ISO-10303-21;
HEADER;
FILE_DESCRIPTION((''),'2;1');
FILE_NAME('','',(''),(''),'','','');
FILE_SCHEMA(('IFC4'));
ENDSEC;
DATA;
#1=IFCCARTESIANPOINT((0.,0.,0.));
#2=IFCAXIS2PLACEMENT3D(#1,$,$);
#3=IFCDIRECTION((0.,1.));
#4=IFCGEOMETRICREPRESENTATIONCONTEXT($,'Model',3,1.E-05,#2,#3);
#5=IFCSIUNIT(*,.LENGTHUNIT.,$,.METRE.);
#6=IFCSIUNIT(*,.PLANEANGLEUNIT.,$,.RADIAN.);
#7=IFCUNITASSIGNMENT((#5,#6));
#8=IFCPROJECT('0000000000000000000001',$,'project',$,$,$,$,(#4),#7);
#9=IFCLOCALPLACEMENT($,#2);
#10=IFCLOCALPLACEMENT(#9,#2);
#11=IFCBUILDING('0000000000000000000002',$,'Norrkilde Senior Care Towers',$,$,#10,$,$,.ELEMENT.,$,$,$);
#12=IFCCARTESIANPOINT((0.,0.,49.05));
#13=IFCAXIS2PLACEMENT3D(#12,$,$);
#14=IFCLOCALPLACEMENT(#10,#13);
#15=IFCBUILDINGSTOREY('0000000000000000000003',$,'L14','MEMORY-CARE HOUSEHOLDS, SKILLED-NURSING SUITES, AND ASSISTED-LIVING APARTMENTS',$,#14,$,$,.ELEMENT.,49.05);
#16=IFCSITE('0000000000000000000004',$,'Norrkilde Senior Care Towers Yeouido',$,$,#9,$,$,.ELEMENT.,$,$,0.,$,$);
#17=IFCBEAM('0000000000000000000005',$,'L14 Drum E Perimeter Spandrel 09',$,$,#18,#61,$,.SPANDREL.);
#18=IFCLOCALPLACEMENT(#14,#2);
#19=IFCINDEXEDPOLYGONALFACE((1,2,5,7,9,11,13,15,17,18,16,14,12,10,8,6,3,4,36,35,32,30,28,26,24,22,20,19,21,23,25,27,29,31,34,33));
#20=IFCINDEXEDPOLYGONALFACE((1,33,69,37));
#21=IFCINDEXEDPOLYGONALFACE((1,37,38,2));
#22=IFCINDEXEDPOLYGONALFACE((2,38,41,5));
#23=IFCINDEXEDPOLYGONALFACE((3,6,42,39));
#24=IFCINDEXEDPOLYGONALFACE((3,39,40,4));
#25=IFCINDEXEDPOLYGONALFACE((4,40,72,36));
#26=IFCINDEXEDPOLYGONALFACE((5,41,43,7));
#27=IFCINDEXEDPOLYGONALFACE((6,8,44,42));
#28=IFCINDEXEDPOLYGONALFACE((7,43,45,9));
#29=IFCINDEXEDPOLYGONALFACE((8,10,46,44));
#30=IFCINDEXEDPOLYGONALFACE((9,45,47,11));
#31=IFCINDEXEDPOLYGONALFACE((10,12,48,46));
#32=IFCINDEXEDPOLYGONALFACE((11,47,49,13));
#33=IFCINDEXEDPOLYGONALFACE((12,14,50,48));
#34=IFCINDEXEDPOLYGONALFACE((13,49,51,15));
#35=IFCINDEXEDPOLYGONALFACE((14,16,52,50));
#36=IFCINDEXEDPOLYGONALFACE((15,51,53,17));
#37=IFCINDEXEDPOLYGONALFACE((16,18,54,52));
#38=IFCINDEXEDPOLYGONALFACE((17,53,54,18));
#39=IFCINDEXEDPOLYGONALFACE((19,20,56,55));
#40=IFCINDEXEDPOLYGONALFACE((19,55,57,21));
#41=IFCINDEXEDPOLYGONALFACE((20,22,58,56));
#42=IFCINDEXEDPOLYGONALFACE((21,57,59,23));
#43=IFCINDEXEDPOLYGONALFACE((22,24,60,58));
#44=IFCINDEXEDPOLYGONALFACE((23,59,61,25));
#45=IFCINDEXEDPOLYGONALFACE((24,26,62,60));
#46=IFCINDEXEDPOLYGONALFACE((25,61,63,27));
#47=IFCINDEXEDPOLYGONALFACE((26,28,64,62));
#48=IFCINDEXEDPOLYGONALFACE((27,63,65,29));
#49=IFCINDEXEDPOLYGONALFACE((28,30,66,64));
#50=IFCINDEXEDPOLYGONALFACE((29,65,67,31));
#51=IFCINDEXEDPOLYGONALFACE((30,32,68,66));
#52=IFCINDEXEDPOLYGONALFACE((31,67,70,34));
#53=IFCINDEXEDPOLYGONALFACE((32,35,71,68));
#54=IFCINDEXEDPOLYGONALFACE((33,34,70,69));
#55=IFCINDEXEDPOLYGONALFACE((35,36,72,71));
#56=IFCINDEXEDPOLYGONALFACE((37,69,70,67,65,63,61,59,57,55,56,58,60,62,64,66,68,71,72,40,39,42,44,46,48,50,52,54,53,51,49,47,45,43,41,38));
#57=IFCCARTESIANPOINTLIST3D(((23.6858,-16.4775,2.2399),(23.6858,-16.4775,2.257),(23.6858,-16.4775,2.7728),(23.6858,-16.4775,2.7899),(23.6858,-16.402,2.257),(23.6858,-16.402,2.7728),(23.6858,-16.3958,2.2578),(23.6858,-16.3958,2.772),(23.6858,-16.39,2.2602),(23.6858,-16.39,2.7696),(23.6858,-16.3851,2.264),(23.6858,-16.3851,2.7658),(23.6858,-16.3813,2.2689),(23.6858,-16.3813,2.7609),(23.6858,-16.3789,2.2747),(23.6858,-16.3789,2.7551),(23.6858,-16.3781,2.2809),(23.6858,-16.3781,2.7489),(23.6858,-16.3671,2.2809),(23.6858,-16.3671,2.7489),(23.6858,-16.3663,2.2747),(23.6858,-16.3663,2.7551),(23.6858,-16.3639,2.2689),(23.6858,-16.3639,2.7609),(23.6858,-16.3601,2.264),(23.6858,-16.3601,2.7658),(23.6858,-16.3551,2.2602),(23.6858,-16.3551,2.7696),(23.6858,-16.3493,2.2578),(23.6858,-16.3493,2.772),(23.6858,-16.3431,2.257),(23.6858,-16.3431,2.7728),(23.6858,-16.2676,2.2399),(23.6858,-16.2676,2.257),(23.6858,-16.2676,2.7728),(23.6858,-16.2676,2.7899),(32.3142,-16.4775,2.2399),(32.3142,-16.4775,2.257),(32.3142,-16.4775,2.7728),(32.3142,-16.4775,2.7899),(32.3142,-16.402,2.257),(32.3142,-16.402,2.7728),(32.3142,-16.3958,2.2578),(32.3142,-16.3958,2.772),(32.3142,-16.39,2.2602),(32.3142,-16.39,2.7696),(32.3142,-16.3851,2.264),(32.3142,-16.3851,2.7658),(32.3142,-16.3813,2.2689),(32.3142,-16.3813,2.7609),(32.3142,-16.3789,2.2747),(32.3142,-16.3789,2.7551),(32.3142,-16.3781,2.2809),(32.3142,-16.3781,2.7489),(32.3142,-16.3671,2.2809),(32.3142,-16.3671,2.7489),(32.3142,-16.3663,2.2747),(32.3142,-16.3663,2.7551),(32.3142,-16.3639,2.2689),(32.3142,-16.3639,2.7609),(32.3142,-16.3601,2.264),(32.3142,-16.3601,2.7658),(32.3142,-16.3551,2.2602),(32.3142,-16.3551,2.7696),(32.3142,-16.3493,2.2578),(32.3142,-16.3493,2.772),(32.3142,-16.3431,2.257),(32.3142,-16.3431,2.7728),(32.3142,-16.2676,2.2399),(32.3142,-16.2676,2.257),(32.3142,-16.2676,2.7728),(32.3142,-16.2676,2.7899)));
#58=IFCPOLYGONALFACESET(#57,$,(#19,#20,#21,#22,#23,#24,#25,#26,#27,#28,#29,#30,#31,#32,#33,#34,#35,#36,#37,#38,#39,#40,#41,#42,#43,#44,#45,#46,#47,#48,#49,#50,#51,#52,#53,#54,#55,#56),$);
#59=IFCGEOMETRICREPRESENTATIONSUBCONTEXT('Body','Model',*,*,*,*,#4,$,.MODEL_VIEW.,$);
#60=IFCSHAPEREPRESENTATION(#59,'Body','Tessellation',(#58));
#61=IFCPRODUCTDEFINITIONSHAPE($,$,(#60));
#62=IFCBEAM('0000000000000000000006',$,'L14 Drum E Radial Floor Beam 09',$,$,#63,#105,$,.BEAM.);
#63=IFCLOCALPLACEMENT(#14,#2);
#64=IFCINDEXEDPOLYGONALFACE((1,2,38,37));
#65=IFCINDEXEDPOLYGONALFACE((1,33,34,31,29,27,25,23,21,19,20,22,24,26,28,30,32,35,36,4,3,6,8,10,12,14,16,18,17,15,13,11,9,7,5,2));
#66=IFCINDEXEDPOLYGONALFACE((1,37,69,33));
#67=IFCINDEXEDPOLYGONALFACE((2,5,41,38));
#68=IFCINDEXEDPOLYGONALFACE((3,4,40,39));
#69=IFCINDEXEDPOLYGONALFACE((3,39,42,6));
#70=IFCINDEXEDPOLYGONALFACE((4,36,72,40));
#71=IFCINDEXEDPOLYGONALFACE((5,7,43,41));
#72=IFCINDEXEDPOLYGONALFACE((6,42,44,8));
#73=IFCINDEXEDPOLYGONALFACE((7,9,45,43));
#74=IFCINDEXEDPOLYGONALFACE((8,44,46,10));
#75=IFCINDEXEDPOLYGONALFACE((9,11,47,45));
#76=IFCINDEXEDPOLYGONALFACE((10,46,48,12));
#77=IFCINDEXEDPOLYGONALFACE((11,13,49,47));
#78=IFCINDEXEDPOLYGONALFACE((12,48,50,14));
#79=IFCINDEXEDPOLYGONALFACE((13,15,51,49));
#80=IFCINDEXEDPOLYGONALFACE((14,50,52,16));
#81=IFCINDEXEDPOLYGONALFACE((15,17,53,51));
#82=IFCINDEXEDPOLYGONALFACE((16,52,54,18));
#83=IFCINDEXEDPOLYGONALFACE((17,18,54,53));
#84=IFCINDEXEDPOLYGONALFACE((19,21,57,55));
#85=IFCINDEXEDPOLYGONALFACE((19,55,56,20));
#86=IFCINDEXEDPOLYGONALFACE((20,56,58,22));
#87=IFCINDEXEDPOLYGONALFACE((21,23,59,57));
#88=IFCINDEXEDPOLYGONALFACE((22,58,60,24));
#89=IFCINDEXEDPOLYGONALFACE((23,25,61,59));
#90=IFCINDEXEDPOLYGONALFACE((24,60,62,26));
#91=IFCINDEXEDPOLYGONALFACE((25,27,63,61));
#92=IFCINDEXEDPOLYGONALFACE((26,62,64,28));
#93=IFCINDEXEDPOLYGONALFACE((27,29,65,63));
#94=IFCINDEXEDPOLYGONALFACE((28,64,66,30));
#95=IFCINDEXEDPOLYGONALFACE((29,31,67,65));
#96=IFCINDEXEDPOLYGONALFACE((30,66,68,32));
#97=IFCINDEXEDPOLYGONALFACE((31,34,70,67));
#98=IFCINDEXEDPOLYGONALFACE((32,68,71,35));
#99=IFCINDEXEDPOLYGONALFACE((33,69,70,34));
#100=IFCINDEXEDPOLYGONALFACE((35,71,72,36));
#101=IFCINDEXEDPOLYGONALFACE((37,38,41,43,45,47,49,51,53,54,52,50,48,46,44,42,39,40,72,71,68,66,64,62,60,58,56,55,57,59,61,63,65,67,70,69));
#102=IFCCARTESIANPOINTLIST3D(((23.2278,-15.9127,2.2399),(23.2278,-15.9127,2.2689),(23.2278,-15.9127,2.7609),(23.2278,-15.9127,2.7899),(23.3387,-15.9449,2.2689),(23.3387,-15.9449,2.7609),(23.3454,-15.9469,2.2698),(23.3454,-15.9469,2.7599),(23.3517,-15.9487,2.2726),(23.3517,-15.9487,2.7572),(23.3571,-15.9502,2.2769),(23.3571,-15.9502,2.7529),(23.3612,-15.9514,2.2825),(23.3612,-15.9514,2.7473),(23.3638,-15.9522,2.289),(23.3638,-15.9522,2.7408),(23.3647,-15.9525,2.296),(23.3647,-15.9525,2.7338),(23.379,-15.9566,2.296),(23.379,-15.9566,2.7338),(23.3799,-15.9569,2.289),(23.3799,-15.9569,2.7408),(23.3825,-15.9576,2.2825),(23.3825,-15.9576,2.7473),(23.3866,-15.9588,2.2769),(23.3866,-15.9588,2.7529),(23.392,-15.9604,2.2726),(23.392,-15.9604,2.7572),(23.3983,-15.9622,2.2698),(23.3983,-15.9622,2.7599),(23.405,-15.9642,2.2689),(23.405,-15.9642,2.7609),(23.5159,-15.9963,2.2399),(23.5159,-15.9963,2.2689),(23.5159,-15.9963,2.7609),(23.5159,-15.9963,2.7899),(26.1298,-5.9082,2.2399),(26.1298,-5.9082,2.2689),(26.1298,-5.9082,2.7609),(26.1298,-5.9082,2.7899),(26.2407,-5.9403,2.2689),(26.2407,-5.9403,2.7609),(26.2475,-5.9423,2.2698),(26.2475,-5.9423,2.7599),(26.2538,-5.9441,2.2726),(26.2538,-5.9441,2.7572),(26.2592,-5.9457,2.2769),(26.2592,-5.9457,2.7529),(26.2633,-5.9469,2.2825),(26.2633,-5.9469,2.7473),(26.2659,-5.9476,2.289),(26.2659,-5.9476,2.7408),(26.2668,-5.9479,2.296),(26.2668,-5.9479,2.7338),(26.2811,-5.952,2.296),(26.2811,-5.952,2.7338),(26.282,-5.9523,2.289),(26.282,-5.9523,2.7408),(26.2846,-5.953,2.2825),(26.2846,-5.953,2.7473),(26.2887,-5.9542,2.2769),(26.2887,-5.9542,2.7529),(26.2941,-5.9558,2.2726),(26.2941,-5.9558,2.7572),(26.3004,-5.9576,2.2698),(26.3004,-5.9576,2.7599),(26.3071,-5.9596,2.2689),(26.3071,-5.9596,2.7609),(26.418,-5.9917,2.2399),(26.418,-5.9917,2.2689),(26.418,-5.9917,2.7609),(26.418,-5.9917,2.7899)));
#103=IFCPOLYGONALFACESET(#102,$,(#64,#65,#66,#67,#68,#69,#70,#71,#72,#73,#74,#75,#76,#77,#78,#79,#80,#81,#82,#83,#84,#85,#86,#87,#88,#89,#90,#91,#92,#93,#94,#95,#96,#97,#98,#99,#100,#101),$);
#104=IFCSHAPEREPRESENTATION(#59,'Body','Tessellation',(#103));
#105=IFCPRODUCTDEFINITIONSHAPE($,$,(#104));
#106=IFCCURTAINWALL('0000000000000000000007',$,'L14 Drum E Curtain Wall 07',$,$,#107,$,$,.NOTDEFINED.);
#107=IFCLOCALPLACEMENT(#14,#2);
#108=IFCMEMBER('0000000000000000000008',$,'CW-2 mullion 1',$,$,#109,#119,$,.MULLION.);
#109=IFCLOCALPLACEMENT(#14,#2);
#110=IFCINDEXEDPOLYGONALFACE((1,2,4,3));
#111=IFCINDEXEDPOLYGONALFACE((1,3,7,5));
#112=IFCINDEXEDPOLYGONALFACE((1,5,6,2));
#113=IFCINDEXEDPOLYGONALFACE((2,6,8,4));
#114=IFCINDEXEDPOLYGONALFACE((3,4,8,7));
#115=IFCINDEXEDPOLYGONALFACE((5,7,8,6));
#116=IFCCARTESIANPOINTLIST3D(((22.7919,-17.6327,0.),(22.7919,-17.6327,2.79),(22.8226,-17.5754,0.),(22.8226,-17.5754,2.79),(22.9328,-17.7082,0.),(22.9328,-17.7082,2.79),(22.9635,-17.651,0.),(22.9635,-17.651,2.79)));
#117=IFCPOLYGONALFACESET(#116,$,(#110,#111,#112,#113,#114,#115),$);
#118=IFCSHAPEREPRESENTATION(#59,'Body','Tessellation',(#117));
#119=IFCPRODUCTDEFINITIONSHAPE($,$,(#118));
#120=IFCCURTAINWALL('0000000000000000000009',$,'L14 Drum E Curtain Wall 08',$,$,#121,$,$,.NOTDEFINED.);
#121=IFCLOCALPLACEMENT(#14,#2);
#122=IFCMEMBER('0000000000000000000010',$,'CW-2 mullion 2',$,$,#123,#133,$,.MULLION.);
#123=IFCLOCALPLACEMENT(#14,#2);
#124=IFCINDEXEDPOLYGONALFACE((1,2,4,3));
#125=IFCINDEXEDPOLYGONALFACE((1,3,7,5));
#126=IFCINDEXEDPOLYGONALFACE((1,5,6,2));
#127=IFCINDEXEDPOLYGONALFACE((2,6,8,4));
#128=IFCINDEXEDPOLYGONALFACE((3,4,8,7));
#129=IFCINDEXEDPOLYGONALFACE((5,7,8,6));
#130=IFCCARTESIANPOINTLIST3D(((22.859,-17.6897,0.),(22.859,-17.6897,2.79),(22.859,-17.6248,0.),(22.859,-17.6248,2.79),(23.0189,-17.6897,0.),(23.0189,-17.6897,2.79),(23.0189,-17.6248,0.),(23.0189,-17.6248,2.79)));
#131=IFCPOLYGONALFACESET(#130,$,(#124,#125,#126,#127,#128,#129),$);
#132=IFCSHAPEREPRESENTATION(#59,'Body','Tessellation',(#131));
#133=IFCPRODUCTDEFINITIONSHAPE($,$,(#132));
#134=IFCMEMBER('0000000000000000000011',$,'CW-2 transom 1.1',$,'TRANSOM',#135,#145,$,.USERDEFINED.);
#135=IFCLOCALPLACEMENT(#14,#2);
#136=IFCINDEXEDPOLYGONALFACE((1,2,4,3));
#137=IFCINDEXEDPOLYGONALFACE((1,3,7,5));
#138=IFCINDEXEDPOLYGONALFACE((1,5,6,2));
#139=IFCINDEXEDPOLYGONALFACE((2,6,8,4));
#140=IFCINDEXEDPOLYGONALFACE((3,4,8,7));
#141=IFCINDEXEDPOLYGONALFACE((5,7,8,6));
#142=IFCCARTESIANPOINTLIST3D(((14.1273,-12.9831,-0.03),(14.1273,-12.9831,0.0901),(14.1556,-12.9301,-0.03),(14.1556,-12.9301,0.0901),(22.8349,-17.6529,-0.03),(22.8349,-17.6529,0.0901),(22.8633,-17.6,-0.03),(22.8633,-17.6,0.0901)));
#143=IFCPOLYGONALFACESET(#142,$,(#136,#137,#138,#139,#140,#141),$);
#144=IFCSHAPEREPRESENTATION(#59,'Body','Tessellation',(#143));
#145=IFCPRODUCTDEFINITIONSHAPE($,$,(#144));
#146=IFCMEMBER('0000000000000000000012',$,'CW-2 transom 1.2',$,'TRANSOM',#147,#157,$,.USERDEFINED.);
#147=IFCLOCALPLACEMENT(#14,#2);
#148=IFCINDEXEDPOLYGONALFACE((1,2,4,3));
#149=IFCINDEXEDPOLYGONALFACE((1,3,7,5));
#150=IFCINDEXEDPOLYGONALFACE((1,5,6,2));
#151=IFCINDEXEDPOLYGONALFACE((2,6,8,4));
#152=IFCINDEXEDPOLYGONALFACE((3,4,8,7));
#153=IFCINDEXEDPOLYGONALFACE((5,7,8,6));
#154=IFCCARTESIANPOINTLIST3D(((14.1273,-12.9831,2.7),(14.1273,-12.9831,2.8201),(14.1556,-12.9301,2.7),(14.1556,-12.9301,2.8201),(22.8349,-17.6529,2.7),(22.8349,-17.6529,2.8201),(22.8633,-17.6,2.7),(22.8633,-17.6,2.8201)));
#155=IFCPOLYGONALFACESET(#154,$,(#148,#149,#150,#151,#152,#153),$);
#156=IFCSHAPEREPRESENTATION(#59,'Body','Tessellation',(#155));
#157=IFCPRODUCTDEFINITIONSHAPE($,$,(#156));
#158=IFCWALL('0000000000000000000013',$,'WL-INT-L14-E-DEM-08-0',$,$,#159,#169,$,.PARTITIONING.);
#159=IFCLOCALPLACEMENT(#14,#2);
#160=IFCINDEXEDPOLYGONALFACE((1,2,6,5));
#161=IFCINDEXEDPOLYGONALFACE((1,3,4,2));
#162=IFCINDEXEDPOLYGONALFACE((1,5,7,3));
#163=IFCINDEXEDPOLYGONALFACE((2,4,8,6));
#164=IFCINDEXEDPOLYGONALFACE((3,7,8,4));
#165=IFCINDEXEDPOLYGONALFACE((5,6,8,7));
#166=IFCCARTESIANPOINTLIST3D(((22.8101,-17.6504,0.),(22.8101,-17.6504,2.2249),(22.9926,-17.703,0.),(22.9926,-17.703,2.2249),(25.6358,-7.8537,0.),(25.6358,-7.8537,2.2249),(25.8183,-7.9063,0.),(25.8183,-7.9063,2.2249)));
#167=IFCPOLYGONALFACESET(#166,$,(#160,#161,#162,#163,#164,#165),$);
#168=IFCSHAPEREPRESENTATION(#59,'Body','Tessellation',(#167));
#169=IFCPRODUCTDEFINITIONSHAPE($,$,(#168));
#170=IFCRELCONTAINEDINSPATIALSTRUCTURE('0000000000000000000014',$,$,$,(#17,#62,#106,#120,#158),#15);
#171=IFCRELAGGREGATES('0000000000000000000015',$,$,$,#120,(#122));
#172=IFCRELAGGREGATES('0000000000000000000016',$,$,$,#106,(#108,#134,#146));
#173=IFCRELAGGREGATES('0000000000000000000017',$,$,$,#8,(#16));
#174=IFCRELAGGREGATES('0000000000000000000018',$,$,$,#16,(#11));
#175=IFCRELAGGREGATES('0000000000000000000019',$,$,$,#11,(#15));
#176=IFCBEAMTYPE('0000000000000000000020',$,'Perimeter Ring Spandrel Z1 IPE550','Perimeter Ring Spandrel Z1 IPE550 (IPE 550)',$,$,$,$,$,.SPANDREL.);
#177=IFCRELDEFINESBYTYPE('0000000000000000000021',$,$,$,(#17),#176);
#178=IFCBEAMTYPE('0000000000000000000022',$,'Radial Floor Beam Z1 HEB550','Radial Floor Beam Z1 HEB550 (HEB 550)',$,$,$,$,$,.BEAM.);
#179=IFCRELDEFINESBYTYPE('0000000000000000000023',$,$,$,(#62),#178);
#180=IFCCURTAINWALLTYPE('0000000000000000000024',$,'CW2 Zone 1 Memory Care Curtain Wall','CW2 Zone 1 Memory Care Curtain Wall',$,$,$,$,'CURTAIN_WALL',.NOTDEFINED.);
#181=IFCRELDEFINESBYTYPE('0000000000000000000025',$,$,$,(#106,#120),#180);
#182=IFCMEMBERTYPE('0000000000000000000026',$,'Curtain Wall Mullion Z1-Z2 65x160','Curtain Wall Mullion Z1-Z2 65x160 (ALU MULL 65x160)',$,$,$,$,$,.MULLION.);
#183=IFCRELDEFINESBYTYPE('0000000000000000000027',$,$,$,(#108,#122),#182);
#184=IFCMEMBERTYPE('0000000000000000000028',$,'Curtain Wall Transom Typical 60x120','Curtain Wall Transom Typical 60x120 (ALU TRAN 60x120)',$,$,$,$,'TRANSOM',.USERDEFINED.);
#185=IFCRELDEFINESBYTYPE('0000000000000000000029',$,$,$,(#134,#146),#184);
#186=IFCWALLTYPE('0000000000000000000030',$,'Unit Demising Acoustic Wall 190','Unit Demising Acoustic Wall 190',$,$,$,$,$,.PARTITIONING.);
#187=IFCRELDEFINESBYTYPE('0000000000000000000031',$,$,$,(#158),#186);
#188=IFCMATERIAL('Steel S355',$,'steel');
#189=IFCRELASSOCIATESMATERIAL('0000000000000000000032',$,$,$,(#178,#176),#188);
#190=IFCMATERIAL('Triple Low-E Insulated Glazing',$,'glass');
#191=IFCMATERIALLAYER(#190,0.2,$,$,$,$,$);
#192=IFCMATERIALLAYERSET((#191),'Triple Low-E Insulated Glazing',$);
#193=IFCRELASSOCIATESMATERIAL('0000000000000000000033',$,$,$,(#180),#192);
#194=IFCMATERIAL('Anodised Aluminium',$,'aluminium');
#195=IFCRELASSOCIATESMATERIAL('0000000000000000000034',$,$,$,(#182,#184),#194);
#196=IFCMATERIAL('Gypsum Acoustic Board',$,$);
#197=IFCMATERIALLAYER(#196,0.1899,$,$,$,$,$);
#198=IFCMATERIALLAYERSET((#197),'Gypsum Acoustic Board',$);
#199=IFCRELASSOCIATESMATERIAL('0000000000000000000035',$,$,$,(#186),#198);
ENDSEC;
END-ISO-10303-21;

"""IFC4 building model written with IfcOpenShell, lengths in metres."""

from ifc_helpers import new_model, si_unit, direction, frame, frame_2d, origin, origin_2d, place, context, subcontext, project, spatial, rectangle, i_section, extrude, source, transform, mapped, material, layer, layer_set, material_profile, profile_set, type_object, type_shapes, element, aggregate, save


model = new_model("IFC4")

# Units and contexts
model_context = context("Model", 3, precision=1e-05, world=origin(), true_north=direction((0.0, 1.0)))
body_context = subcontext(model_context, "Body", "Model", "MODEL_VIEW")
ifc_project = project(units=[si_unit("LENGTHUNIT", "METRE"), si_unit("PLANEANGLEUNIT", "RADIAN")], contexts=[model_context])

# Site, building, storey
site_placement = place(None, origin())
site = spatial("IfcSite", under=ifc_project, at=site_placement, Name="Norrkilde Senior Care Towers Yeouido", CompositionType="ELEMENT", RefElevation=0.0)
building_placement = place(site_placement, origin())
building = spatial("IfcBuilding", under=site, at=building_placement, Name="Norrkilde Senior Care Towers", CompositionType="ELEMENT")
storey_placement = place(building_placement, frame((0.0, 0.0, 49.05)))
storey = spatial("IfcBuildingStorey", under=building, at=storey_placement, Name="L14", Description="MEMORY-CARE HOUSEHOLDS, SKILLED-NURSING SUITES, AND ASSISTED-LIVING APARTMENTS", CompositionType="ELEMENT", Elevation=49.05)

# Beams
ifc_material_1 = material(Name="Steel S355", Category="steel")
ifc_material_profile_1 = material_profile(ifc_material_1, i_section(OverallWidth=0.3, OverallDepth=0.55, WebThickness=0.0149, FlangeThickness=0.0291, FilletRadius=0.0271, at=origin_2d()), Name="HEB 550")
ifc_profile_set_1 = profile_set([ifc_material_profile_1], Name="Steel S355")
beam_type_1 = type_object("IfcBeamType", Name="Radial Floor Beam Z1 HEB550", Description="Radial Floor Beam Z1 HEB550 (HEB 550)", PredefinedType="BEAM", material=ifc_profile_set_1)
ifc_material_profile_2 = material_profile(ifc_material_1, i_section(OverallWidth=0.21, OverallDepth=0.55, WebThickness=0.011, FlangeThickness=0.0171, FilletRadius=0.0239, at=origin_2d()), Name="IPE 550")
ifc_profile_set_2 = profile_set([ifc_material_profile_2], Name="Steel S355")
beam_type_2 = type_object("IfcBeamType", Name="Perimeter Ring Spandrel Z1 IPE550", Description="Perimeter Ring Spandrel Z1 IPE550 (IPE 550)", PredefinedType="SPANDREL", material=ifc_profile_set_2)
shared_shape_1 = source(origin(), body_context, "Body", "SweptSolid", [
    extrude(i_section(OverallWidth=0.21, OverallDepth=0.55, WebThickness=0.011, FlangeThickness=0.0171, FilletRadius=0.0239, at=origin_2d()), origin(), (0.0, 0.0, 1.0), 8.6284),
])
type_shapes(beam_type_2, [shared_shape_1])
beam_1_placement = place(storey_placement, frame((23.6858, -16.3726, 2.5149), z_axis=(1.0, 0.0, 0.0), x_axis=(0.0, 1.0, 0.0)))
element("IfcBeam", 1, at=beam_1_placement, inside=storey, type_object=beam_type_2, Name="L14 Drum E Perimeter Spandrel 09", PredefinedType="SPANDREL", context=body_context, shape_type="MappedRepresentation", body=[
    mapped(shared_shape_1, transform((0.0, 0.0, 0.0), x_axis=(1.0, 0.0, 0.0), y_axis=(0.0, 1.0, 0.0), z_axis=(0.0, 0.0, 1.0), scale=1.0)),
])
shared_shape_2 = source(origin(), body_context, "Body", "SweptSolid", [
    extrude(i_section(OverallWidth=0.3, OverallDepth=0.55, WebThickness=0.0149, FlangeThickness=0.0291, FilletRadius=0.0271, at=origin_2d()), origin(), (0.0, 0.0, 1.0), 10.417),
])
beam_2_placement = place(storey_placement, frame((26.2739, -5.95, 2.5149), z_axis=(-0.278591, -0.96041, 0.0), x_axis=(0.96041, -0.278591, 0.0)))
element("IfcBeam", 2, at=beam_2_placement, inside=storey, type_object=beam_type_1, Name="L14 Drum E Radial Floor Beam 09", PredefinedType="BEAM", context=body_context, shape_type="MappedRepresentation", body=[
    mapped(shared_shape_2, transform((0.0, 0.0, 0.0), x_axis=(1.0, 0.0, 0.0), y_axis=(0.0, 1.0, 0.0), z_axis=(0.0, 0.0, 1.0), scale=1.0)),
])

# Curtain walls, members
ifc_material_2 = material(Name="Triple Low-E Insulated Glazing", Category="glass")
ifc_layer_1 = layer(ifc_material_2, 0.2)
ifc_layer_set_1 = layer_set([ifc_layer_1], Name="Triple Low-E Insulated Glazing")
curtain_wall_type = type_object("IfcCurtainWallType", Name="CW2 Zone 1 Memory Care Curtain Wall", Description="CW2 Zone 1 Memory Care Curtain Wall", ElementType="CURTAIN_WALL", PredefinedType="NOTDEFINED", material=ifc_layer_set_1)
curtain_wall_1_placement = place(storey_placement, origin())
curtain_wall_1 = element("IfcCurtainWall", 3, at=curtain_wall_1_placement, inside=storey, type_object=curtain_wall_type, Name="L14 Drum E Curtain Wall 07", PredefinedType="NOTDEFINED")
ifc_material_3 = material(Name="Anodised Aluminium", Category="aluminium")
ifc_material_profile_3 = material_profile(ifc_material_3, rectangle(XDim=0.0649, YDim=0.1599, at=origin_2d()), Name="ALU MULL 65x160")
ifc_profile_set_3 = profile_set([ifc_material_profile_3], Name="Anodised Aluminium")
member_type_1 = type_object("IfcMemberType", Name="Curtain Wall Mullion Z1-Z2 65x160", Description="Curtain Wall Mullion Z1-Z2 65x160 (ALU MULL 65x160)", PredefinedType="MULLION", material=ifc_profile_set_3)
shared_shape_3 = source(origin(), body_context, "Body", "SweptSolid", [
    extrude(rectangle(XDim=0.0649, YDim=0.1599, at=origin_2d()), origin(), (0.0, 0.0, 1.0), 2.79),
])
type_shapes(member_type_1, [shared_shape_3])
member_1_placement = place(storey_placement, frame((22.8777, -17.6418, 0.0), z_axis=(0.0, 0.0, 1.0), x_axis=(-0.472608, -0.881273, 0.0)))
member_1 = element("IfcMember", 4, at=member_1_placement, type_object=member_type_1, Name="CW-2 mullion 1", PredefinedType="MULLION", context=body_context, shape_type="MappedRepresentation", body=[
    mapped(shared_shape_3, transform((0.0, 0.0, 0.0), x_axis=(1.0, 0.0, 0.0), y_axis=(0.0, 1.0, 0.0), z_axis=(0.0, 0.0, 1.0), scale=1.0)),
])
curtain_wall_2_placement = place(storey_placement, origin())
curtain_wall_2 = element("IfcCurtainWall", 5, at=curtain_wall_2_placement, inside=storey, type_object=curtain_wall_type, Name="L14 Drum E Curtain Wall 08", PredefinedType="NOTDEFINED")
member_2_placement = place(storey_placement, frame((22.939, -17.6572, 0.0), z_axis=(0.0, 0.0, 1.0), x_axis=(0.0, -1.0, 0.0)))
member_2 = element("IfcMember", 6, at=member_2_placement, type_object=member_type_1, Name="CW-2 mullion 2", PredefinedType="MULLION", context=body_context, shape_type="MappedRepresentation", body=[
    mapped(shared_shape_3, transform((0.0, 0.0, 0.0), x_axis=(1.0, 0.0, 0.0), y_axis=(0.0, 1.0, 0.0), z_axis=(0.0, 0.0, 1.0), scale=1.0)),
])
aggregate(curtain_wall_2, [member_2])

# Members
ifc_material_profile_4 = material_profile(ifc_material_3, rectangle(XDim=0.0601, YDim=0.1201, at=origin_2d()), Name="ALU TRAN 60x120")
ifc_profile_set_4 = profile_set([ifc_material_profile_4], Name="Anodised Aluminium")
member_type_2 = type_object("IfcMemberType", Name="Curtain Wall Transom Typical 60x120", Description="Curtain Wall Transom Typical 60x120 (ALU TRAN 60x120)", ElementType="TRANSOM", PredefinedType="USERDEFINED", material=ifc_profile_set_4)
shared_shape_4 = source(origin(), body_context, "Body", "SweptSolid", [
    extrude(rectangle(XDim=0.0601, YDim=0.1201, at=origin_2d()), origin(), (0.0, 0.0, 1.0), 9.8809),
])
type_shapes(member_type_2, [shared_shape_4])
member_3_placement = place(storey_placement, frame((22.8491, -17.6265, 0.03), z_axis=(-0.881267, 0.472618, 0.0), x_axis=(-0.472618, -0.881267, 0.0)))
member_3 = element("IfcMember", 7, at=member_3_placement, type_object=member_type_2, Name="CW-2 transom 1.1", ObjectType="TRANSOM", PredefinedType="USERDEFINED", context=body_context, shape_type="MappedRepresentation", body=[
    mapped(shared_shape_4, transform((0.0, 0.0, 0.0), x_axis=(1.0, 0.0, 0.0), y_axis=(0.0, 1.0, 0.0), z_axis=(0.0, 0.0, 1.0), scale=1.0)),
])
member_4_placement = place(storey_placement, frame((22.8491, -17.6265, 2.76), z_axis=(-0.881267, 0.472618, 0.0), x_axis=(-0.472618, -0.881267, 0.0)))
member_4 = element("IfcMember", 8, at=member_4_placement, type_object=member_type_2, Name="CW-2 transom 1.2", ObjectType="TRANSOM", PredefinedType="USERDEFINED", context=body_context, shape_type="MappedRepresentation", body=[
    mapped(shared_shape_4, transform((0.0, 0.0, 0.0), x_axis=(1.0, 0.0, 0.0), y_axis=(0.0, 1.0, 0.0), z_axis=(0.0, 0.0, 1.0), scale=1.0)),
])
aggregate(curtain_wall_1, [member_1, member_3, member_4])

# Wall
ifc_material_4 = material(Name="Gypsum Acoustic Board")
ifc_layer_2 = layer(ifc_material_4, 0.1899)
ifc_layer_set_2 = layer_set([ifc_layer_2], Name="Gypsum Acoustic Board")
wall_type_1 = type_object("IfcWallType", Name="Unit Demising Acoustic Wall 190", Description="Unit Demising Acoustic Wall 190", PredefinedType="PARTITIONING", material=ifc_layer_set_2)
shared_shape_5 = source(origin(), body_context, "Body", "SweptSolid", [
    extrude(rectangle(XDim=10.196, YDim=0.1899, at=frame_2d((5.0981, 0.0))), origin(), (0.0, 0.0, 1.0), 2.2249),
])
type_shapes(wall_type_1, [shared_shape_5])
wall_1_placement = place(storey_placement, frame((25.7271, -7.8799, 0.0), z_axis=(0.0, 0.0, 1.0), x_axis=(-0.277136, -0.960831, 0.0)))
element("IfcWall", 9, at=wall_1_placement, inside=storey, type_object=wall_type_1, Name="WL-INT-L14-E-DEM-08-0", PredefinedType="PARTITIONING", context=body_context, shape_type="MappedRepresentation", body=[
    mapped(shared_shape_5, transform((0.0, 0.0, 0.0), x_axis=(1.0, 0.0, 0.0), y_axis=(0.0, 1.0, 0.0), z_axis=(0.0, 0.0, 1.0), scale=1.0)),
])

save(model, "model.ifc")
